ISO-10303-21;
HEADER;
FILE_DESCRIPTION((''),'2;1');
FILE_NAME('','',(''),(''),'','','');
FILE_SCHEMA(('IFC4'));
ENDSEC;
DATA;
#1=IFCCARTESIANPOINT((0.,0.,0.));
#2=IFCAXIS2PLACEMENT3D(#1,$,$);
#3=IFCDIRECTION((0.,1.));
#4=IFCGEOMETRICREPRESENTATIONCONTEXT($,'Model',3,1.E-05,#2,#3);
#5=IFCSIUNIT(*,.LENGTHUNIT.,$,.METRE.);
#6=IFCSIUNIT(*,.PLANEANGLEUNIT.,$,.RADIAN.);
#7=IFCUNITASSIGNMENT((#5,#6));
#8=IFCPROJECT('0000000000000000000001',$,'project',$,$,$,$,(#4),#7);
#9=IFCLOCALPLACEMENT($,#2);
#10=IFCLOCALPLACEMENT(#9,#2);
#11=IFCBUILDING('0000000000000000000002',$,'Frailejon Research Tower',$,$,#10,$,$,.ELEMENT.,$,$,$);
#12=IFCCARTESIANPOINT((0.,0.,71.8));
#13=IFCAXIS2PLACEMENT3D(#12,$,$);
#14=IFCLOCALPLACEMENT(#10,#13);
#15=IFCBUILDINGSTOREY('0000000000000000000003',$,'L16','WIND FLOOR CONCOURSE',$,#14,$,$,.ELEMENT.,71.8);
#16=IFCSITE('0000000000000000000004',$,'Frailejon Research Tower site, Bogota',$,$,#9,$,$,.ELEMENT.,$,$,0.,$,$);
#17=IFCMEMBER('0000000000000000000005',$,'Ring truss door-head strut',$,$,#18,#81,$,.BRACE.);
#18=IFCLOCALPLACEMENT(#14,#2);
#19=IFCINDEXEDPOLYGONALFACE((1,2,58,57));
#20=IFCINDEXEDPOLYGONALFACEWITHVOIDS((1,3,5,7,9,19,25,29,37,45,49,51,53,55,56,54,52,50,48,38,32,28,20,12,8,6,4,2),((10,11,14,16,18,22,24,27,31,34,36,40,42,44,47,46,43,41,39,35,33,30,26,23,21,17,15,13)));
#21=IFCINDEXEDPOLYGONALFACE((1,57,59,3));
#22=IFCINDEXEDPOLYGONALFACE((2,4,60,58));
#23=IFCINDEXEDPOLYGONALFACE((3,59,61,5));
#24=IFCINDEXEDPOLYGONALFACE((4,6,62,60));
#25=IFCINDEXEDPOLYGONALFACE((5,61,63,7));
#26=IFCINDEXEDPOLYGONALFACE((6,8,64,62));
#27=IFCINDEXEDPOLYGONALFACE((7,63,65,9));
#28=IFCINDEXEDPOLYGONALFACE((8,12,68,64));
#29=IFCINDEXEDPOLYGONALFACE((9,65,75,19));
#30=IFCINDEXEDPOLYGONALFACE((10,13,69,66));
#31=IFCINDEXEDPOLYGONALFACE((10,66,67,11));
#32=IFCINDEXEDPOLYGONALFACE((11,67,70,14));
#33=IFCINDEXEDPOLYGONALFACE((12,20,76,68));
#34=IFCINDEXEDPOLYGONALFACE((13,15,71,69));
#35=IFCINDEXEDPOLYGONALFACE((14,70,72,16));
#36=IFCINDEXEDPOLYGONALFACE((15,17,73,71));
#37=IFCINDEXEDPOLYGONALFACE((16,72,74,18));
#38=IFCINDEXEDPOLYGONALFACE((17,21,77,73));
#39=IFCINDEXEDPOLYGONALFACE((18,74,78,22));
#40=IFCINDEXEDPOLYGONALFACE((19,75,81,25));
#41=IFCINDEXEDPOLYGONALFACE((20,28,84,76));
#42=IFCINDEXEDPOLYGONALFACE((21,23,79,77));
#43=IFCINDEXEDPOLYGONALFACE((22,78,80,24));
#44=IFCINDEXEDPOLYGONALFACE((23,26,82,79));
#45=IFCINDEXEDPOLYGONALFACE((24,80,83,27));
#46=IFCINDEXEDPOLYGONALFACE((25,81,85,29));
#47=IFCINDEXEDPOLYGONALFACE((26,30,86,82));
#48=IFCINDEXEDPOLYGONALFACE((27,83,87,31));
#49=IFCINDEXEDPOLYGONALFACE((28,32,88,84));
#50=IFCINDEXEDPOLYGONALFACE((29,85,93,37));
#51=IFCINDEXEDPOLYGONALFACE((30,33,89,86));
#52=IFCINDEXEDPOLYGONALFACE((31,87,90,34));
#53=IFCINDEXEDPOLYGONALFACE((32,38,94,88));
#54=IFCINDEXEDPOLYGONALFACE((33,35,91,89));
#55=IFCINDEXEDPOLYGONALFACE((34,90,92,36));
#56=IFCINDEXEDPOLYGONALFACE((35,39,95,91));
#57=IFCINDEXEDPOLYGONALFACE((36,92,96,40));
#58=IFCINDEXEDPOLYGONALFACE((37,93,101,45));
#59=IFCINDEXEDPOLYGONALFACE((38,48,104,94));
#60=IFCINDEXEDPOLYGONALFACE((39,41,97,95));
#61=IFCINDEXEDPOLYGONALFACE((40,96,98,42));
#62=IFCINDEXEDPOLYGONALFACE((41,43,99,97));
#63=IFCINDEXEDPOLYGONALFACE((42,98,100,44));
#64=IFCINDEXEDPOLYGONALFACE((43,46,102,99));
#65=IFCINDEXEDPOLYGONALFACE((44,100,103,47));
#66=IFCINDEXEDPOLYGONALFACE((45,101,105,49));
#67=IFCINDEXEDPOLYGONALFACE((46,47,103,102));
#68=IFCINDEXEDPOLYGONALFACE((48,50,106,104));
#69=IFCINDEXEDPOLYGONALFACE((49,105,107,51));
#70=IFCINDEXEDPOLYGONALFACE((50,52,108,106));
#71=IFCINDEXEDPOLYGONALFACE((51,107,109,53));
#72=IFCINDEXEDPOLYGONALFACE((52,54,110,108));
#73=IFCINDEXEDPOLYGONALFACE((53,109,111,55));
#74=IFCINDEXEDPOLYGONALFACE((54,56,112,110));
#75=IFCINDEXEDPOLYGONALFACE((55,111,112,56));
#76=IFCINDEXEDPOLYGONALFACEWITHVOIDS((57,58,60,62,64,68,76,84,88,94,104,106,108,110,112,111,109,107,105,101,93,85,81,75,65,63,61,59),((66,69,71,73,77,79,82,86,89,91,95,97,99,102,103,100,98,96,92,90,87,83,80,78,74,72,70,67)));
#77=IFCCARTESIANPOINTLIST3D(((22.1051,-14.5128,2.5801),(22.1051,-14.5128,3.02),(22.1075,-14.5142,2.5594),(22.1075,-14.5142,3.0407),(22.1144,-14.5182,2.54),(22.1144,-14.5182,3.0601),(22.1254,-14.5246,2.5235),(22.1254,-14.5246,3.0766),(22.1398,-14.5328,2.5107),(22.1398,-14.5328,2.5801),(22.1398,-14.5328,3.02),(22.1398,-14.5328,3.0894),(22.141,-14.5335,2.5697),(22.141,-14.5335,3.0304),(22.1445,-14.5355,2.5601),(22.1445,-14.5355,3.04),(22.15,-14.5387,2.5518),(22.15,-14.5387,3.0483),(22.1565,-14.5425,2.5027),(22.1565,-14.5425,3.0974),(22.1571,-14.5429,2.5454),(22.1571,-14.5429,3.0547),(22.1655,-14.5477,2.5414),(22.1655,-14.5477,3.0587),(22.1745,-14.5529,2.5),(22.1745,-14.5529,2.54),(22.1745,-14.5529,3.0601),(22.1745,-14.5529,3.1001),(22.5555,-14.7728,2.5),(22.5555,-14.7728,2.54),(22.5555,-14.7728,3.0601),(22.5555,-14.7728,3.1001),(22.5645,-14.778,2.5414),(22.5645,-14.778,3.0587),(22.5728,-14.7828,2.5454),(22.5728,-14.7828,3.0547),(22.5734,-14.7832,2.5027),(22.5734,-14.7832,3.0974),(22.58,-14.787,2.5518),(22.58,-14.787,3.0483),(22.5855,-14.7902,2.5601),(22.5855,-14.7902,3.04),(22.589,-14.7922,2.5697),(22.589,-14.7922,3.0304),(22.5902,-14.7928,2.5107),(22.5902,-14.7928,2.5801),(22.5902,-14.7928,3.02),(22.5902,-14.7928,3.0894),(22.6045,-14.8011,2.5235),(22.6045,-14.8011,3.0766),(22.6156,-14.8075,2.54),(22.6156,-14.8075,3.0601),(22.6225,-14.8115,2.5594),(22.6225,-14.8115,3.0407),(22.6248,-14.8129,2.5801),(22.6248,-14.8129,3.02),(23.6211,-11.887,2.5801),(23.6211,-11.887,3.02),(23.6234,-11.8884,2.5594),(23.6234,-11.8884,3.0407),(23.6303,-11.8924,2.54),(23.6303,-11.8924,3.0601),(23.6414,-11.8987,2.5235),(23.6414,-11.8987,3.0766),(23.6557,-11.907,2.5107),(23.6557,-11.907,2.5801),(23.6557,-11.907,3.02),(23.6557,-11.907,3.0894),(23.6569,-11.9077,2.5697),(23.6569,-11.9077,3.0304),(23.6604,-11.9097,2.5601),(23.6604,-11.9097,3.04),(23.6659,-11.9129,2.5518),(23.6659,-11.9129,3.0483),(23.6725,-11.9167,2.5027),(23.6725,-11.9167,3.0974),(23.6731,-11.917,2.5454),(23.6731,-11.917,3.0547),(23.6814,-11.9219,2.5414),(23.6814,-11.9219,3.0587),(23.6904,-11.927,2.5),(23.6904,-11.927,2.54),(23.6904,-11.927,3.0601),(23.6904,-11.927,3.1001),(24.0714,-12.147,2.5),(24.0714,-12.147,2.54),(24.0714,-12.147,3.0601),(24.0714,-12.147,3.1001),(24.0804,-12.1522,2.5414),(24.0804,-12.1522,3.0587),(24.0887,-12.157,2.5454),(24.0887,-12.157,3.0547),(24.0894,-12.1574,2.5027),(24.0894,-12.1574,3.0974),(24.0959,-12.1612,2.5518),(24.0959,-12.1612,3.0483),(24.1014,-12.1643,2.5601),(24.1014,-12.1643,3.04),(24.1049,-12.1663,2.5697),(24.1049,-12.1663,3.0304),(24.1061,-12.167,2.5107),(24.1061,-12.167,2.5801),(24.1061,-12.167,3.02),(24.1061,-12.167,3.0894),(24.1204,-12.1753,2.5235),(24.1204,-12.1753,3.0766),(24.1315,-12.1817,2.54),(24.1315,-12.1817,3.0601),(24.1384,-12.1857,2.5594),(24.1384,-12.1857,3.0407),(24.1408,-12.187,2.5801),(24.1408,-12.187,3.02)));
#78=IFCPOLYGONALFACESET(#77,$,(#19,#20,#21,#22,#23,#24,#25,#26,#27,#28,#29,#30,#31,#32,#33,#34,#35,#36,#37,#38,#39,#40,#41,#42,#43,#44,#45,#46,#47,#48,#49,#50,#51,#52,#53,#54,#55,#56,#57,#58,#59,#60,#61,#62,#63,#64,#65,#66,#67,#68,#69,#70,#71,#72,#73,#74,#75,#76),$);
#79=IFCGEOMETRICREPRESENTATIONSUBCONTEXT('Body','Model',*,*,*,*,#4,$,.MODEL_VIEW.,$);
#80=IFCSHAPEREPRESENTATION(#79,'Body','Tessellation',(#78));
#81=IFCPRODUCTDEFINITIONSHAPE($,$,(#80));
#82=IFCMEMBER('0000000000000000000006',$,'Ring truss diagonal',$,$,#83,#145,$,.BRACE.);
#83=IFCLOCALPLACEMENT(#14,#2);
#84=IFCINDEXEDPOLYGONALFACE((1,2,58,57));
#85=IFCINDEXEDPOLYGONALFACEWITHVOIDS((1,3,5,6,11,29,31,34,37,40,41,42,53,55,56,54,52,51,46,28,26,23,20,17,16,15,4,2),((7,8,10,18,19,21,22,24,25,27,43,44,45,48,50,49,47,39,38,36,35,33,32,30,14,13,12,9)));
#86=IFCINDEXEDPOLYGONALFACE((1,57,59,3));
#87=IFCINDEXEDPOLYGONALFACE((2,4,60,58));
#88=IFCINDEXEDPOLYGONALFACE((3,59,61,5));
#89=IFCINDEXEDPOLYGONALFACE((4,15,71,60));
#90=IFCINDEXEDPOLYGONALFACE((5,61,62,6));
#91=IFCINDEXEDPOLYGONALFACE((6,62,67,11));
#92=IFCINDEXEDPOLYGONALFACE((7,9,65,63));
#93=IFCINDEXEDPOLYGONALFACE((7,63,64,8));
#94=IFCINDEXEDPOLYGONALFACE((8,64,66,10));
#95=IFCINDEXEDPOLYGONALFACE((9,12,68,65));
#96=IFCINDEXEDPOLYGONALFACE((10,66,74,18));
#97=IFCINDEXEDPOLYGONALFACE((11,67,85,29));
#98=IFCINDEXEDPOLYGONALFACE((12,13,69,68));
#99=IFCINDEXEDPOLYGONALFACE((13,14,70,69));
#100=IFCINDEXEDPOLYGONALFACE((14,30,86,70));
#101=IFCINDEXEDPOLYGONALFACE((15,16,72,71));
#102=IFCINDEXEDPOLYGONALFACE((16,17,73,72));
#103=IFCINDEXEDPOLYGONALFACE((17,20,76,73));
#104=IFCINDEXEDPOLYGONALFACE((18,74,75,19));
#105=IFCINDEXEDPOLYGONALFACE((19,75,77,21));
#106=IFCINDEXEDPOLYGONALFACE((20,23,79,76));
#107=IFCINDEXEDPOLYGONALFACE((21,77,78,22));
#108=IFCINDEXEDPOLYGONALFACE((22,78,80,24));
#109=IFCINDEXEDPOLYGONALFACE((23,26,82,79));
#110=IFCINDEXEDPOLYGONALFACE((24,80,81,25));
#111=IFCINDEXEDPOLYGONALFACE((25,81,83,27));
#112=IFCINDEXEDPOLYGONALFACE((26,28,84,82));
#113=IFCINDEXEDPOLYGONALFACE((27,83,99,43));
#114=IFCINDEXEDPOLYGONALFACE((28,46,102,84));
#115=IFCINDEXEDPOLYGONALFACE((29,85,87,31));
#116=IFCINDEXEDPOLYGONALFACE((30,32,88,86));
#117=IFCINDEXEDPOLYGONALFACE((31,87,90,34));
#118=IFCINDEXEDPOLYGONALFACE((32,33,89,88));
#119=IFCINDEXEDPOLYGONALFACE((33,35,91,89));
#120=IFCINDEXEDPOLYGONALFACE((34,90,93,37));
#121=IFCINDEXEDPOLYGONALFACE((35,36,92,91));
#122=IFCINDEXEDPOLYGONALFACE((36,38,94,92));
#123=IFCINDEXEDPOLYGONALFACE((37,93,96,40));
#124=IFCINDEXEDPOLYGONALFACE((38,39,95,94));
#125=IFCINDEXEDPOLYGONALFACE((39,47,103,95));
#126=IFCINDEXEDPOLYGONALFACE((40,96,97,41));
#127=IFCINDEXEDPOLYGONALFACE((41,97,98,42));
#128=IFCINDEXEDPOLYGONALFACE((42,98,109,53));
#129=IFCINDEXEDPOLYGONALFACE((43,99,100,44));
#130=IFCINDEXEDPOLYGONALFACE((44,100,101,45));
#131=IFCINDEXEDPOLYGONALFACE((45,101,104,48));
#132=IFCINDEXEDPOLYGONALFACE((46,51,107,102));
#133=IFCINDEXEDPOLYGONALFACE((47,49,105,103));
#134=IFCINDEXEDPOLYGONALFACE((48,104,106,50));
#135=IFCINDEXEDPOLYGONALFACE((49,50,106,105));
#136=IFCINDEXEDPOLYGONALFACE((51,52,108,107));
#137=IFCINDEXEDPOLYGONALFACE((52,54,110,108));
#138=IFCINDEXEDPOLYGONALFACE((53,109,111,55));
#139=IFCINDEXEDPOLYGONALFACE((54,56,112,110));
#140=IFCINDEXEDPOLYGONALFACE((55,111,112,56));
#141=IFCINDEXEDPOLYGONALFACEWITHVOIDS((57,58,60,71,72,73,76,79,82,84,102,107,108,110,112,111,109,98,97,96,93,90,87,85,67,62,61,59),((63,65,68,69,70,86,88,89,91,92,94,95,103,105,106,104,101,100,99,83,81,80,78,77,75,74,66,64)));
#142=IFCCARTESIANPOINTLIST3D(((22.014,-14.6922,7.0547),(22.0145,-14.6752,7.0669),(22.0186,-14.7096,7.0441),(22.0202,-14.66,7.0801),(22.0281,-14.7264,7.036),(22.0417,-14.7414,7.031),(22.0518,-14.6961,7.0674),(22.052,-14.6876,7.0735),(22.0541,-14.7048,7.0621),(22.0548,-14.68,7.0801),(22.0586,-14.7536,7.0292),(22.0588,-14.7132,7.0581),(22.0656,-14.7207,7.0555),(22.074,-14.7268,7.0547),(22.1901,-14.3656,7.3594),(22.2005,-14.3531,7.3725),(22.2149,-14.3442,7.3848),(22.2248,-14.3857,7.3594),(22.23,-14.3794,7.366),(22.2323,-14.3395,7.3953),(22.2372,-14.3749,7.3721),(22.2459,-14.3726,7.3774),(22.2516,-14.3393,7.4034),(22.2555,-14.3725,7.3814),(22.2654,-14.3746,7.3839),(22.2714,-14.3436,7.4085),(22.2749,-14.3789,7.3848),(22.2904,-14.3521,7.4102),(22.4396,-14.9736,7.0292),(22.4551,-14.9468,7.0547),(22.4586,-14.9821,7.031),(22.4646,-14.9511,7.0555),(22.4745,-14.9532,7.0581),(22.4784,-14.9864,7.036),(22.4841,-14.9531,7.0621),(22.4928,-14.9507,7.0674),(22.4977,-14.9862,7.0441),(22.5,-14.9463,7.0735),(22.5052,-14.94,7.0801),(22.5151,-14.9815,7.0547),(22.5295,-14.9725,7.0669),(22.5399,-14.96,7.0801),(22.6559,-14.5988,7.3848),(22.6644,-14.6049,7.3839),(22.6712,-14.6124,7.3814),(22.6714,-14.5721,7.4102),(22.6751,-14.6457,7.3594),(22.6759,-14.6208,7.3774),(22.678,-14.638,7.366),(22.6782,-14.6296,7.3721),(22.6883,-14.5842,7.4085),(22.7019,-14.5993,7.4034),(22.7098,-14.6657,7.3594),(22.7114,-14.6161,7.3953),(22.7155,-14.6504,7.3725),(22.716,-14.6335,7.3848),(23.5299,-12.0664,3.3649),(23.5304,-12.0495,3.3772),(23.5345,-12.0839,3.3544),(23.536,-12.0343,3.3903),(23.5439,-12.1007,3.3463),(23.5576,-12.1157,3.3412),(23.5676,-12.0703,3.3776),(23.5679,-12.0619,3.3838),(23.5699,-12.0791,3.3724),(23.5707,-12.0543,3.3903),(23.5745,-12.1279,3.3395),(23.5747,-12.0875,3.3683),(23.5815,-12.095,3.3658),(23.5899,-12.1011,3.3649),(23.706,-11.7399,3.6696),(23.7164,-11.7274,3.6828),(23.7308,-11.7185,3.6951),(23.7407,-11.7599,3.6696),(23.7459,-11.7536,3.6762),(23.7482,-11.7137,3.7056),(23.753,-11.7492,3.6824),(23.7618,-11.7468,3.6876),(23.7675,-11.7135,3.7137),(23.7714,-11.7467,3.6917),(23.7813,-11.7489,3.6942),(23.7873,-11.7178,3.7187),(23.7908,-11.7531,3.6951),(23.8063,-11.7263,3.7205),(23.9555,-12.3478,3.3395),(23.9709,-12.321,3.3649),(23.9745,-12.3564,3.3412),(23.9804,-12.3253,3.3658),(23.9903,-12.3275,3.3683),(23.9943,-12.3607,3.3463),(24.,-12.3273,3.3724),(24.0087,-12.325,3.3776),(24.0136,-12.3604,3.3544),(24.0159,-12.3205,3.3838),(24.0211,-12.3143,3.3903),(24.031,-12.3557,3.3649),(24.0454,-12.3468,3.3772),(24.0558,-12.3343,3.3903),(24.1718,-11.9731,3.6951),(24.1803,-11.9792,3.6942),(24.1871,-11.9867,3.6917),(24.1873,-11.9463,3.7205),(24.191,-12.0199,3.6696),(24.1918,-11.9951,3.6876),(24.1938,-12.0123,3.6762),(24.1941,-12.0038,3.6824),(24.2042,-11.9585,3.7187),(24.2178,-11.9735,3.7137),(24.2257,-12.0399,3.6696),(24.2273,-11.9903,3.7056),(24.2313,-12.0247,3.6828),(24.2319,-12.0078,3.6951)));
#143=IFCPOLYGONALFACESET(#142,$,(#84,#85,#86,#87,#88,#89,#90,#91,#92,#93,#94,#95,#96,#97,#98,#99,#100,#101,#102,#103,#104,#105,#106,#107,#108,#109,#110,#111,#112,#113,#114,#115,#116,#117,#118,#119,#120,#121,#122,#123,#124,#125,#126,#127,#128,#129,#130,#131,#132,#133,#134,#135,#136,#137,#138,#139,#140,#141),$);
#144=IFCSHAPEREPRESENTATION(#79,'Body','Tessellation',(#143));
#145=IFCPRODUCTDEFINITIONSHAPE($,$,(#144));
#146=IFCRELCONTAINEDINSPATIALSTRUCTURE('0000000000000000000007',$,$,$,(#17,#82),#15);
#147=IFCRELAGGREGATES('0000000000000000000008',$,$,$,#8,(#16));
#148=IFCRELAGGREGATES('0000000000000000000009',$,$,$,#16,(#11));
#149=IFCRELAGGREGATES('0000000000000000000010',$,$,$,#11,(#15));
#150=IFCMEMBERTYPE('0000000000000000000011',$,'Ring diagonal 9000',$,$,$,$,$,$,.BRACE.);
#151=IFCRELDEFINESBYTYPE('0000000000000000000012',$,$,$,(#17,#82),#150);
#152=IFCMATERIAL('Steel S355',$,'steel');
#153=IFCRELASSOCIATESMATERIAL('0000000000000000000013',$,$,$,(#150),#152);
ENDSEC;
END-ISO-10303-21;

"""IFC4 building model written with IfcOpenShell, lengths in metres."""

from ifc_helpers import new_model, si_unit, direction, frame, origin, origin_2d, place, context, subcontext, project, spatial, hollow_rectangle, extrude, material, material_profile, profile_set, type_object, element, save


model = new_model("IFC4")

# Units and contexts
model_context = context("Model", 3, precision=1e-05, world=origin(), true_north=direction((0.0, 1.0)))
body_context = subcontext(model_context, "Body", "Model", "MODEL_VIEW")
ifc_project = project(units=[si_unit("LENGTHUNIT", "METRE"), si_unit("PLANEANGLEUNIT", "RADIAN")], contexts=[model_context])

# Site, building, storey
site_placement = place(None, origin())
site = spatial("IfcSite", under=ifc_project, at=site_placement, Name="Frailejon Research Tower site, Bogota", CompositionType="ELEMENT", RefElevation=0.0)
building_placement = place(site_placement, origin())
building = spatial("IfcBuilding", under=site, at=building_placement, Name="Frailejon Research Tower", CompositionType="ELEMENT")
storey_placement = place(building_placement, frame((0.0, 0.0, 71.8)))
storey = spatial("IfcBuildingStorey", under=building, at=storey_placement, Name="L16", Description="WIND FLOOR CONCOURSE", CompositionType="ELEMENT", Elevation=71.8)

# Members
ifc_material_1 = material(Name="Steel S355", Category="steel")
ifc_material_profile_1 = material_profile(ifc_material_1, hollow_rectangle(XDim=0.6001, YDim=0.6001, WallThickness=0.04, InnerFilletRadius=0.04, OuterFilletRadius=0.0801, at=origin_2d()), Name="Ring diagonal 9000")
ifc_profile_set_1 = profile_set([ifc_material_profile_1], Name="Steel S355")
member_type = type_object("IfcMemberType", Name="Ring diagonal 9000", PredefinedType="BRACE", material=ifc_profile_set_1)
member_1_placement = place(storey_placement, frame((22.365, -14.6628, 2.8), z_axis=(0.499976, 0.866039, 0.0), x_axis=(-0.866039, 0.499976, 0.0)))
element("IfcMember", 1, at=member_1_placement, inside=storey, type_object=member_type, Name="Ring truss door-head strut", PredefinedType="BRACE", context=body_context, shape_type="SweptSolid", body=[
    extrude(hollow_rectangle(XDim=0.6001, YDim=0.6001, WallThickness=0.04, InnerFilletRadius=0.04, OuterFilletRadius=0.0801, at=origin_2d()), origin(), (0.0, 0.0, 1.0), 3.032),
])
member_2_placement = place(storey_placement, frame((22.365, -14.6628, 7.2197), z_axis=(0.317421, 0.549824, -0.772617), x_axis=(-0.866039, 0.499976, 0.0)))
element("IfcMember", 2, at=member_2_placement, inside=storey, type_object=member_type, Name="Ring truss diagonal", PredefinedType="BRACE", context=body_context, shape_type="SweptSolid", body=[
    extrude(hollow_rectangle(XDim=0.6001, YDim=0.6001, WallThickness=0.04, InnerFilletRadius=0.04, OuterFilletRadius=0.0801, at=origin_2d()), origin(), (0.0, 0.0, 1.0), 4.7756),
])

save(model, "model.ifc")
